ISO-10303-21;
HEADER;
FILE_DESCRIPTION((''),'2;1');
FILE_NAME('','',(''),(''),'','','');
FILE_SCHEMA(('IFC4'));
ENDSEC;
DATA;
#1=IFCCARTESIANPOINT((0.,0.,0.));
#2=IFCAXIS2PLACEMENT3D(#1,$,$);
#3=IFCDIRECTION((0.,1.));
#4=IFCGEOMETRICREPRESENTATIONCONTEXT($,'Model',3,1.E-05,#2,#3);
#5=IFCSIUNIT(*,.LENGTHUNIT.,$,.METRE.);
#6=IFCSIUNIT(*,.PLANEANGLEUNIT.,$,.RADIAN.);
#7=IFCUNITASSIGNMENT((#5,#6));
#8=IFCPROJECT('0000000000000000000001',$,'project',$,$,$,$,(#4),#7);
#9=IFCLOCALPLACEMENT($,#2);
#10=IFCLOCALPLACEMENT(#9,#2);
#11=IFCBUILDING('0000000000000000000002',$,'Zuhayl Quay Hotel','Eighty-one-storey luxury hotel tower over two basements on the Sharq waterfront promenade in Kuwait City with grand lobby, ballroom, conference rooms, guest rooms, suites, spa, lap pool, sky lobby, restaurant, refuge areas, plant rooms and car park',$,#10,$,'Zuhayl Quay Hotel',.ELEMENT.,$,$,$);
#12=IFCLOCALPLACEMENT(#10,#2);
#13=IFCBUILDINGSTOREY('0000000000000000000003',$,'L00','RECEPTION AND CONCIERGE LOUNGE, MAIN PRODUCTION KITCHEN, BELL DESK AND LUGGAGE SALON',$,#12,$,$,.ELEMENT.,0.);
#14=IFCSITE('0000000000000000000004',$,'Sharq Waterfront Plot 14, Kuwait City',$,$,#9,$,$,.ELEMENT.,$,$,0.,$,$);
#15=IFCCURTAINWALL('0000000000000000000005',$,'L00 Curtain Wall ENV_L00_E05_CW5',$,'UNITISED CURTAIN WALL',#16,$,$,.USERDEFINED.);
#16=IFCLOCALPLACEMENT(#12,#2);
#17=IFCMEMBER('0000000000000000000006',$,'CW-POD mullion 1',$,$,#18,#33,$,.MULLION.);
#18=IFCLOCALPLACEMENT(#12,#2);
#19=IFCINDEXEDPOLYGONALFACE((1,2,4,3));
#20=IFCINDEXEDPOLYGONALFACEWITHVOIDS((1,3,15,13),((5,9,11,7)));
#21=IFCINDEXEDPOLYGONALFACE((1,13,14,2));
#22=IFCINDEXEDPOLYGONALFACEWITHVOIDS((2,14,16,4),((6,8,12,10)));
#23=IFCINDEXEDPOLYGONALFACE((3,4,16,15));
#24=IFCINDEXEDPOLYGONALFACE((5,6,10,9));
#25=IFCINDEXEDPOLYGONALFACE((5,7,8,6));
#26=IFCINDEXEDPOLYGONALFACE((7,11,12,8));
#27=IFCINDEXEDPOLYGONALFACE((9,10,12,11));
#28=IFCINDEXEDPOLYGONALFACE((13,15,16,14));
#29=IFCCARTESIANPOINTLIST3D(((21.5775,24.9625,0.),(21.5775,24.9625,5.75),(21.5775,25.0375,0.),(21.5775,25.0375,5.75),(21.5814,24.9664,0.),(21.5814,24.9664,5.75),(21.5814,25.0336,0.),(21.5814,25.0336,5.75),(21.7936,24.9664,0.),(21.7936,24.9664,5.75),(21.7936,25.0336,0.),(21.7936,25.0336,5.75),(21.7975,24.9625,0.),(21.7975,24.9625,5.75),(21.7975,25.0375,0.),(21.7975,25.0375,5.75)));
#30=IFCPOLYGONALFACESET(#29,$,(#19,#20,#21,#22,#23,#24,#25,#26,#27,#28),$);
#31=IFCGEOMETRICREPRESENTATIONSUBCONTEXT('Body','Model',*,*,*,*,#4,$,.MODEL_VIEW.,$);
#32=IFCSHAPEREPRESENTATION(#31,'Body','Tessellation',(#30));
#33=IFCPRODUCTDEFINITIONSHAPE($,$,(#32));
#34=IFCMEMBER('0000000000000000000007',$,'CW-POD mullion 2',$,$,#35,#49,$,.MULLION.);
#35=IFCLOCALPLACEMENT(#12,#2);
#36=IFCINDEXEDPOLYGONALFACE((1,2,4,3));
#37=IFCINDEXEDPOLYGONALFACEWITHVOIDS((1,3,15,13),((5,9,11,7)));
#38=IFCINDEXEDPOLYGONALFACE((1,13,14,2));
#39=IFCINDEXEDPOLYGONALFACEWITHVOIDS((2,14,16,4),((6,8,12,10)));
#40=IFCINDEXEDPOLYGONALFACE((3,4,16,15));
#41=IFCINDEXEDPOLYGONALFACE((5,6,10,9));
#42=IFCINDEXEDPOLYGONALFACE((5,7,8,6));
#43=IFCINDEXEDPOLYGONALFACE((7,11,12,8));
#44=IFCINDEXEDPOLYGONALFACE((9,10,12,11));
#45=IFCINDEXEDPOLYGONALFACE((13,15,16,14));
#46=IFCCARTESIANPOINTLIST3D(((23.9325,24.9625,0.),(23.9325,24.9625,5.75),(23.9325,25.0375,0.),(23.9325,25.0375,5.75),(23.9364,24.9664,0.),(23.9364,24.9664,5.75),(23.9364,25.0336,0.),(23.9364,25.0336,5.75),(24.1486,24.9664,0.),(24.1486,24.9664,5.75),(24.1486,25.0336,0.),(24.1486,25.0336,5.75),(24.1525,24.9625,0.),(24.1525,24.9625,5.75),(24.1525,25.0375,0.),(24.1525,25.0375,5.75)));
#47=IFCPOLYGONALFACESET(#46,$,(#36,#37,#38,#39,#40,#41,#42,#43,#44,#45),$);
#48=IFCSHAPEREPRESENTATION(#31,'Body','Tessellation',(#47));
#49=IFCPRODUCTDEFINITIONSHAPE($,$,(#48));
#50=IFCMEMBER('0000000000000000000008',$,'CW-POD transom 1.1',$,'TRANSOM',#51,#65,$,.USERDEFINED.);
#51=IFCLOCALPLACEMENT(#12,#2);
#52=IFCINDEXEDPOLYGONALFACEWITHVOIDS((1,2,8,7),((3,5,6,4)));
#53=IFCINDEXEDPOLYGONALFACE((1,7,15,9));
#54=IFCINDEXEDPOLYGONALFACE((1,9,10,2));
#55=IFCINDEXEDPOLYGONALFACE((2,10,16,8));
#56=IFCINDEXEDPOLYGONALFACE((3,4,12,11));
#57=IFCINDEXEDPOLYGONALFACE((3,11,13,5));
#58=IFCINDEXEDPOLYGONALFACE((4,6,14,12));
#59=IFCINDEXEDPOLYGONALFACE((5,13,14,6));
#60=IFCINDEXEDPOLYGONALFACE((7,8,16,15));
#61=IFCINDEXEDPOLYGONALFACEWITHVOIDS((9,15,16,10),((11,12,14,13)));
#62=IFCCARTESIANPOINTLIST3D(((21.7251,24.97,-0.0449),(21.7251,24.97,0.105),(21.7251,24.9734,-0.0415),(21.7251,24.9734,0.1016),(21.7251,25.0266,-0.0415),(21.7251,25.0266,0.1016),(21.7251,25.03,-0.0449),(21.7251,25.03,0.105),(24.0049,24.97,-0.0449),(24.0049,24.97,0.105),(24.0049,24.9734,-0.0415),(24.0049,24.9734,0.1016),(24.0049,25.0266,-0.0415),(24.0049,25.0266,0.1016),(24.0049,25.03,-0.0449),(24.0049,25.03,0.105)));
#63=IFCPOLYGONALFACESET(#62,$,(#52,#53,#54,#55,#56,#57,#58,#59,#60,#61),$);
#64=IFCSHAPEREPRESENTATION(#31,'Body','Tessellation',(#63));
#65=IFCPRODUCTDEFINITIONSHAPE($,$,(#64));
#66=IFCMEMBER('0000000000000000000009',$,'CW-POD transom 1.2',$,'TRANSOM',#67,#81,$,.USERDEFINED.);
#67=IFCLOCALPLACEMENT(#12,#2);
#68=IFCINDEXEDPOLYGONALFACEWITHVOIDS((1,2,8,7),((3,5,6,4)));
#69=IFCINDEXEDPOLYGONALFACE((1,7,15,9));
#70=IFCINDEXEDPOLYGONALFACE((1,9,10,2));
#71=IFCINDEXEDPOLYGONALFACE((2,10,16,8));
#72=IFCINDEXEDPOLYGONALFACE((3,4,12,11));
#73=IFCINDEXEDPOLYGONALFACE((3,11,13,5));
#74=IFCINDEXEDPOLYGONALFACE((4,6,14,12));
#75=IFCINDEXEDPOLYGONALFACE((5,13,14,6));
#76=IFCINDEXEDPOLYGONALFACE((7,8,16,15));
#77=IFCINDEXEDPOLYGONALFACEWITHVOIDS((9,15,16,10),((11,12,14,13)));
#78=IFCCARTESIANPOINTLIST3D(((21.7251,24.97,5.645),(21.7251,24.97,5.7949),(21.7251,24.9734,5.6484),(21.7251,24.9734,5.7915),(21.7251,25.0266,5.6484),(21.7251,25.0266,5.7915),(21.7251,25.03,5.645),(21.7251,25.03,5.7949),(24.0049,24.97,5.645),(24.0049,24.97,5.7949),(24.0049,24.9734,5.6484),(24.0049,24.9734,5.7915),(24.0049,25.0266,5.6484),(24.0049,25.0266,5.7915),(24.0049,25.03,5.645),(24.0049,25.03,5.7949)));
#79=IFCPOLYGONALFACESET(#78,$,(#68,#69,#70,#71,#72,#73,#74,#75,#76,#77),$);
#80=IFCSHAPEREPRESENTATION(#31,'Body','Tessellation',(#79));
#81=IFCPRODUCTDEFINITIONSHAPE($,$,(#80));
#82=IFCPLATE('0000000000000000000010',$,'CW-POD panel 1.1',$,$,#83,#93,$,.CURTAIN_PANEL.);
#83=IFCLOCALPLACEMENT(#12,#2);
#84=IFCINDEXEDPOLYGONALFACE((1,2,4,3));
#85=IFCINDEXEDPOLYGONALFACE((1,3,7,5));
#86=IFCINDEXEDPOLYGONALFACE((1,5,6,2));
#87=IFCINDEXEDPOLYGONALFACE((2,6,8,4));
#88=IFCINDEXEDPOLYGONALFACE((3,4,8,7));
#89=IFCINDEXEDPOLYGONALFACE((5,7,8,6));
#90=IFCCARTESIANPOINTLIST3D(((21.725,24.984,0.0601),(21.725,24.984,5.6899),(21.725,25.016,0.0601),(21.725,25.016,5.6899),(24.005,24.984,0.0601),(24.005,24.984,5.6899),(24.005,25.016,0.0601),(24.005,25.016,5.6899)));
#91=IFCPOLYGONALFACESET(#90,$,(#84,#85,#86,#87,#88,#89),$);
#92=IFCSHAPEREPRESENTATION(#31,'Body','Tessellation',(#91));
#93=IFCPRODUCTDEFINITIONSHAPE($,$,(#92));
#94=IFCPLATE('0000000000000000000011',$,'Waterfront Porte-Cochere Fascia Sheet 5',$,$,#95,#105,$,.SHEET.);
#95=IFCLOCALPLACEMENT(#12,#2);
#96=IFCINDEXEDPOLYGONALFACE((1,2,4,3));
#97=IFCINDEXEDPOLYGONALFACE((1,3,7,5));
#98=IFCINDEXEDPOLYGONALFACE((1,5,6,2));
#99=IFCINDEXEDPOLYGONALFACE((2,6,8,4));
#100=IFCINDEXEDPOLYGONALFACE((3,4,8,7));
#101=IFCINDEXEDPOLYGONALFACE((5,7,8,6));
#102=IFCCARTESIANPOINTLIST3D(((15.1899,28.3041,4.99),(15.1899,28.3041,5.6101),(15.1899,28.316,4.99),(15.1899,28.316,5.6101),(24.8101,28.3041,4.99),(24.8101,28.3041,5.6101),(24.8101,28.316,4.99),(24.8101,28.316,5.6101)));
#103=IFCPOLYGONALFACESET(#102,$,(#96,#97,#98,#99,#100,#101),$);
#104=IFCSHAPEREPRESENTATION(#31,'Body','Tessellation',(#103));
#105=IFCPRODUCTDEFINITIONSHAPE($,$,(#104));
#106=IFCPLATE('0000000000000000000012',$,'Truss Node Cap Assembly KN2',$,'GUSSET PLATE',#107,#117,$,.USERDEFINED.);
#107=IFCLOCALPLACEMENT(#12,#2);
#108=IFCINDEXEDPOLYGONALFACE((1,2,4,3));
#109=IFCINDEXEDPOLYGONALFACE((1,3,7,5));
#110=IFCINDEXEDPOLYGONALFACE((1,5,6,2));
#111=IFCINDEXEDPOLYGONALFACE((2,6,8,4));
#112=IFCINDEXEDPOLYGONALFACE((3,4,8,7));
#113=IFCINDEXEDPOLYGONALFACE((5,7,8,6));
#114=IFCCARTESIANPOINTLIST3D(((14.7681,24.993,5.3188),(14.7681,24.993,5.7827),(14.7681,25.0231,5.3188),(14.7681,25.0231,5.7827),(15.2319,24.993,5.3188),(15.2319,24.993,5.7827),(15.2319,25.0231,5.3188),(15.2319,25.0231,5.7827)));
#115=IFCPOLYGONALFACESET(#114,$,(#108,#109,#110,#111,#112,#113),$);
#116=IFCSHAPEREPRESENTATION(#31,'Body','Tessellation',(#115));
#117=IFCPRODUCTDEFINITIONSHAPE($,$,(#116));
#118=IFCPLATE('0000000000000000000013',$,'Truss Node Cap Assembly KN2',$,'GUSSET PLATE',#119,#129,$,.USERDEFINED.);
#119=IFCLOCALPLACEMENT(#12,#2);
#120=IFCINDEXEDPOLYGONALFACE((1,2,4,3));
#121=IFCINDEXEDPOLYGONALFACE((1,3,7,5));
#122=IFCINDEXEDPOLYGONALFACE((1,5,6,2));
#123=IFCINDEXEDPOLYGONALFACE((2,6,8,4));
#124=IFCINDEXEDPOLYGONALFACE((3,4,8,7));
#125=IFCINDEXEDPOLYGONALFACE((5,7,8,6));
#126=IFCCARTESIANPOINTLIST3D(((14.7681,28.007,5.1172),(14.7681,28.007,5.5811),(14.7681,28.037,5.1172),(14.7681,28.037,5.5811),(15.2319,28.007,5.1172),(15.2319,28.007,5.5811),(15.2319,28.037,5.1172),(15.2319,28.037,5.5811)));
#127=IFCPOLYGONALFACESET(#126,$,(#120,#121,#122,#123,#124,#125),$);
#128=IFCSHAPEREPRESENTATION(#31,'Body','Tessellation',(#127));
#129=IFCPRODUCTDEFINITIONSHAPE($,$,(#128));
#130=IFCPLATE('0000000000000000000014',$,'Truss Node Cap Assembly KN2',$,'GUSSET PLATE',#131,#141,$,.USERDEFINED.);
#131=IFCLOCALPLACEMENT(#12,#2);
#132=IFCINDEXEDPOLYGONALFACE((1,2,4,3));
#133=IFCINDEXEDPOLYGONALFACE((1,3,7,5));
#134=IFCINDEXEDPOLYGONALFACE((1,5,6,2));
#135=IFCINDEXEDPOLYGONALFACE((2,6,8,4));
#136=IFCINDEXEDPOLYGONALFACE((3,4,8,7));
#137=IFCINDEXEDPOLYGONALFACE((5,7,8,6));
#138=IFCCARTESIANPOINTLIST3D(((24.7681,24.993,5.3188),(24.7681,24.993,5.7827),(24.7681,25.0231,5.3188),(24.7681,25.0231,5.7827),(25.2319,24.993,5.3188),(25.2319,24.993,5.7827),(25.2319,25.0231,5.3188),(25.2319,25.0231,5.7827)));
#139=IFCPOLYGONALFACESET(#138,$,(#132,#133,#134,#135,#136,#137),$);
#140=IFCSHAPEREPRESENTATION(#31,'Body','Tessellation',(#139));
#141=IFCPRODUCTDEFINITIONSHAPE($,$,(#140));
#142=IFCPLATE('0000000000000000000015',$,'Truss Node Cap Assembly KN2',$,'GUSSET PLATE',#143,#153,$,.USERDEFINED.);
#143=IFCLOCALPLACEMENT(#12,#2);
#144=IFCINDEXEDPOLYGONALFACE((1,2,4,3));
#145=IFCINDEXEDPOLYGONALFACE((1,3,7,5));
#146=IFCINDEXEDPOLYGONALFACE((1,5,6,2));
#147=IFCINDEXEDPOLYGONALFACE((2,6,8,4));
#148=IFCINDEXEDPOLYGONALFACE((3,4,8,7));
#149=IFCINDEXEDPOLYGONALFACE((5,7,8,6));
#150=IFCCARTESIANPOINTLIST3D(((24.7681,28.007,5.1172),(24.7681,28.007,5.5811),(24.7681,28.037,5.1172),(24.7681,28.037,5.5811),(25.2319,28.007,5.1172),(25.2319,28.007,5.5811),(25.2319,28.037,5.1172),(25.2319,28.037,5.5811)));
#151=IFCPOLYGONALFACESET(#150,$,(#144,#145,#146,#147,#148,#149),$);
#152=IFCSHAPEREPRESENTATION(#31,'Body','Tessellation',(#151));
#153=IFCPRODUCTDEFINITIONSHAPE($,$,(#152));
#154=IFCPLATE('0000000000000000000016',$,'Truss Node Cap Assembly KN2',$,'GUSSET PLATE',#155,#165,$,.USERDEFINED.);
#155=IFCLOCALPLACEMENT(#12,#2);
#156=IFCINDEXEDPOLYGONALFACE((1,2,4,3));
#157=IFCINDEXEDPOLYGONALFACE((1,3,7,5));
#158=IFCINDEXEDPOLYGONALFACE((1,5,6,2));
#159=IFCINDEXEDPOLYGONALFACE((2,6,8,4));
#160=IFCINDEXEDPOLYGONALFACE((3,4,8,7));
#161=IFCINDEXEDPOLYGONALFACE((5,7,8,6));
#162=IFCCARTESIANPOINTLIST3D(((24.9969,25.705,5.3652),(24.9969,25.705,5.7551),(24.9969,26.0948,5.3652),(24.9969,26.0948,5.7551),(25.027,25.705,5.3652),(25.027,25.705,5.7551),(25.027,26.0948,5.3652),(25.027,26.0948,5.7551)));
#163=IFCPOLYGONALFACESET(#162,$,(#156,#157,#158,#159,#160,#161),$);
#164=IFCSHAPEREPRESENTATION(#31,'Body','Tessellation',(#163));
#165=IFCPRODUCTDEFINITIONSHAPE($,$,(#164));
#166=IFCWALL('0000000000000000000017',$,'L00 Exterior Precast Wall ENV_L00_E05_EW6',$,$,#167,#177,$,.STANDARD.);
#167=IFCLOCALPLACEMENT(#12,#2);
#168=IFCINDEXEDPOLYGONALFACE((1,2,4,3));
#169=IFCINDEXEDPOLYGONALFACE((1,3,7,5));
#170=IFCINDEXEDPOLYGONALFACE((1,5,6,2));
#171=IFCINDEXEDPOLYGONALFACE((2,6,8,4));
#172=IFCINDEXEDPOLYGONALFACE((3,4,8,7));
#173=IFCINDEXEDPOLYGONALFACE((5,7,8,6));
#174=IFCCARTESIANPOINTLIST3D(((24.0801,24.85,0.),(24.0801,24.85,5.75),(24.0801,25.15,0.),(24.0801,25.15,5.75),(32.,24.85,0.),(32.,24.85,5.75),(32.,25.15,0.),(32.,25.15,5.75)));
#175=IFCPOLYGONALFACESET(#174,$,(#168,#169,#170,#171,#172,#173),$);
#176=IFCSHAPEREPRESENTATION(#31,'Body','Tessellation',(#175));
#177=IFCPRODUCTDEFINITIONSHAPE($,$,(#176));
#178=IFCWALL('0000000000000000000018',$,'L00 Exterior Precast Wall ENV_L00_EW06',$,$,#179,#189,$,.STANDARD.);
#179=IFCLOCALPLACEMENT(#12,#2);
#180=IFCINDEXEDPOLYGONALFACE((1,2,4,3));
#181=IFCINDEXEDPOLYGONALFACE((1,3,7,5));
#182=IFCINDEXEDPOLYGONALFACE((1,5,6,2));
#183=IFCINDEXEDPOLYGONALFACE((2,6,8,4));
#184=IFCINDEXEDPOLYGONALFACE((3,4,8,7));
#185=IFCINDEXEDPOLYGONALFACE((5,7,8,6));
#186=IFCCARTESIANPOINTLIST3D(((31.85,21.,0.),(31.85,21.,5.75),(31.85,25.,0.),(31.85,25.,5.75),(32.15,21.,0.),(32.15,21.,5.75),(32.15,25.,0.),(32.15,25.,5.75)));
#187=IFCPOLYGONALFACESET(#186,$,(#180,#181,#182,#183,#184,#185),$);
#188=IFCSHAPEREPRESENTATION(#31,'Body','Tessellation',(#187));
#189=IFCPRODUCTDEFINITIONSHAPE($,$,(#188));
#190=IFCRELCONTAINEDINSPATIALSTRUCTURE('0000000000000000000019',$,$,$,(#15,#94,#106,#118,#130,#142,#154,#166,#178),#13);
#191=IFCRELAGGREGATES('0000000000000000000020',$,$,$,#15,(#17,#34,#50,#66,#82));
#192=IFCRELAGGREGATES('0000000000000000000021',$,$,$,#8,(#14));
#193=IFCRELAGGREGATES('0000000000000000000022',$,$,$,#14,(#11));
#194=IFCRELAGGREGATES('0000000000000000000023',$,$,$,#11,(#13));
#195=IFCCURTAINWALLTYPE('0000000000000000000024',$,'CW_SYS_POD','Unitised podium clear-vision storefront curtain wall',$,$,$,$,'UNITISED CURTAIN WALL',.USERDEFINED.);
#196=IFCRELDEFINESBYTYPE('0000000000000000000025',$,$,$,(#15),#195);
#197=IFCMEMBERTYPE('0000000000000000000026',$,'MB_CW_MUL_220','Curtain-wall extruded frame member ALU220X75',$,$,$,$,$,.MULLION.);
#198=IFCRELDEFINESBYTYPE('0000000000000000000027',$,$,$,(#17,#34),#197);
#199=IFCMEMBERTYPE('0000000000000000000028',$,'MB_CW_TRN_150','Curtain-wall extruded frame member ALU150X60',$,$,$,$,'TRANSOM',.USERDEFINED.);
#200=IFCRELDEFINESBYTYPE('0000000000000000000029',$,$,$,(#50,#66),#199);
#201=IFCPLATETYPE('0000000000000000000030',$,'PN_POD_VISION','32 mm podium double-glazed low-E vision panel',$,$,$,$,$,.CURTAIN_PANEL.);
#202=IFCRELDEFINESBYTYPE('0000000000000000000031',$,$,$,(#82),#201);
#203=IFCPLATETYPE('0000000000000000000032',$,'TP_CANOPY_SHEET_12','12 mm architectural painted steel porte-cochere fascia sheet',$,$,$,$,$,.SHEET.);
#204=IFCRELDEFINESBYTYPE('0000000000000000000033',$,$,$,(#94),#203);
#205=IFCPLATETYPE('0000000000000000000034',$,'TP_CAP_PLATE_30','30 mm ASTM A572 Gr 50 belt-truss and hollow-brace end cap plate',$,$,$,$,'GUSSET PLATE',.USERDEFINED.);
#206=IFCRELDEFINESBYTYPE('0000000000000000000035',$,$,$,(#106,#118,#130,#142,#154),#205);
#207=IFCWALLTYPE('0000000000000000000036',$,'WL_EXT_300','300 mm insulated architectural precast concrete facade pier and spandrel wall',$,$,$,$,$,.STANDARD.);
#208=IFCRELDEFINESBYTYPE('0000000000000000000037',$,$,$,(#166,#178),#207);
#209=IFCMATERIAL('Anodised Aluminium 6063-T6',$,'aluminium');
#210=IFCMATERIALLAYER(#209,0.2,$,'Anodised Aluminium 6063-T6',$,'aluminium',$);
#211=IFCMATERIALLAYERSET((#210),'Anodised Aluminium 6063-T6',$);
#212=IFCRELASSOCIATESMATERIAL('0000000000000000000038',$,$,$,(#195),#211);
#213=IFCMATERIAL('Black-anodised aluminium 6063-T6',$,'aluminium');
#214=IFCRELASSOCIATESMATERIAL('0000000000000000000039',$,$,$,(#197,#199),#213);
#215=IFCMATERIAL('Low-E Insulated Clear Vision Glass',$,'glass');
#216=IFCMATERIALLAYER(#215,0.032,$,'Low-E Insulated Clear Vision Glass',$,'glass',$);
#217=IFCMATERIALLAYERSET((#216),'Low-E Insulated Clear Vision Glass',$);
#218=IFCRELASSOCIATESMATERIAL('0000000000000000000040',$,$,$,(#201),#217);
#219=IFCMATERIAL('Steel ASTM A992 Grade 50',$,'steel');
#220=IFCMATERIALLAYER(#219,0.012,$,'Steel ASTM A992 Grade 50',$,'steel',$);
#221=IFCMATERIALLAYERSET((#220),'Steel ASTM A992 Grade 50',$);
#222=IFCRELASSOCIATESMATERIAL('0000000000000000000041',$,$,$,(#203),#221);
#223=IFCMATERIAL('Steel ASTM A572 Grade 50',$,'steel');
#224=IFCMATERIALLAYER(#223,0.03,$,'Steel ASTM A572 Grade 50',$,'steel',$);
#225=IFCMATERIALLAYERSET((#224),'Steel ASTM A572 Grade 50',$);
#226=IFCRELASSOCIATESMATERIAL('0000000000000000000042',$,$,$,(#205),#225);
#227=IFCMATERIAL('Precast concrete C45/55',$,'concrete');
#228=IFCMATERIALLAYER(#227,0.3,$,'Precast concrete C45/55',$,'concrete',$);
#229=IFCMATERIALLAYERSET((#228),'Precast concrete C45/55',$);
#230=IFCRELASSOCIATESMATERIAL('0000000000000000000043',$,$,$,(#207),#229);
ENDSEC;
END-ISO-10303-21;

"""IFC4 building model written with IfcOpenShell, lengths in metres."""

from ifc_helpers import new_model, si_unit, direction, frame, frame_2d, origin, origin_2d, place, context, subcontext, project, spatial, rectangle, hollow_rectangle, extrude, material, layer, layer_set, material_profile, profile_set, type_object, element, aggregate, save


model = new_model("IFC4")

# Units and contexts
model_context = context("Model", 3, precision=1e-05, world=origin(), true_north=direction((0.0, 1.0)))
body_context = subcontext(model_context, "Body", "Model", "MODEL_VIEW")
ifc_project = project(units=[si_unit("LENGTHUNIT", "METRE"), si_unit("PLANEANGLEUNIT", "RADIAN")], contexts=[model_context])

# Site, building, storey
site_placement = place(None, origin())
site = spatial("IfcSite", under=ifc_project, at=site_placement, Name="Sharq Waterfront Plot 14, Kuwait City", CompositionType="ELEMENT", RefElevation=0.0)
building_placement = place(site_placement, origin())
building = spatial("IfcBuilding", under=site, at=building_placement, Name="Zuhayl Quay Hotel", Description="Eighty-one-storey luxury hotel tower over two basements on the Sharq waterfront promenade in Kuwait City with grand lobby, ballroom, conference rooms, guest rooms, suites, spa, lap pool, sky lobby, restaurant, refuge areas, plant rooms and car park", LongName="Zuhayl Quay Hotel", CompositionType="ELEMENT")
storey_placement = place(building_placement, origin())
storey = spatial("IfcBuildingStorey", under=building, at=storey_placement, Name="L00", Description="RECEPTION AND CONCIERGE LOUNGE, MAIN PRODUCTION KITCHEN, BELL DESK AND LUGGAGE SALON", CompositionType="ELEMENT", Elevation=0.0)

# Shared definitions
ifc_material_1 = material(Name="Steel ASTM A992 Grade 50", Category="steel")

# Curtain wall, members, plate
ifc_material_2 = material(Name="Anodised Aluminium 6063-T6", Category="aluminium")
ifc_layer_1 = layer(ifc_material_2, 0.2, Name="Anodised Aluminium 6063-T6", Category="aluminium")
ifc_layer_set_1 = layer_set([ifc_layer_1], Name="Anodised Aluminium 6063-T6")
curtain_wall_type = type_object("IfcCurtainWallType", Name="CW_SYS_POD", Description="Unitised podium clear-vision storefront curtain wall", ElementType="UNITISED CURTAIN WALL", PredefinedType="USERDEFINED", material=ifc_layer_set_1)
curtain_wall_placement = place(storey_placement, origin())
curtain_wall = element("IfcCurtainWall", 1, at=curtain_wall_placement, inside=storey, type_object=curtain_wall_type, Name="L00 Curtain Wall ENV_L00_E05_CW5", ObjectType="UNITISED CURTAIN WALL", PredefinedType="USERDEFINED")
ifc_material_3 = material(Name="Black-anodised aluminium 6063-T6", Category="aluminium")
ifc_material_profile_1 = material_profile(ifc_material_3, hollow_rectangle(XDim=0.075, YDim=0.22, WallThickness=0.0039, at=origin_2d()), Name="ALU220X75")
ifc_profile_set_1 = profile_set([ifc_material_profile_1], Name="Black-anodised aluminium 6063-T6")
member_type_1 = type_object("IfcMemberType", Name="MB_CW_MUL_220", Description="Curtain-wall extruded frame member ALU220X75", PredefinedType="MULLION", material=ifc_profile_set_1)
member_1_placement = place(storey_placement, frame((21.6875, 25.0, 0.0), z_axis=(0.0, 0.0, 1.0), x_axis=(0.0, 1.0, 0.0)))
member_1 = element("IfcMember", 2, at=member_1_placement, type_object=member_type_1, Name="CW-POD mullion 1", PredefinedType="MULLION", context=body_context, shape_type="SweptSolid", body=[
    extrude(hollow_rectangle(XDim=0.075, YDim=0.22, WallThickness=0.0039, at=origin_2d()), origin(), (0.0, 0.0, 1.0), 5.75),
])
member_2_placement = place(storey_placement, frame((24.0425, 25.0, 0.0), z_axis=(0.0, 0.0, 1.0), x_axis=(0.0, 1.0, 0.0)))
member_2 = element("IfcMember", 3, at=member_2_placement, type_object=member_type_1, Name="CW-POD mullion 2", PredefinedType="MULLION", context=body_context, shape_type="SweptSolid", body=[
    extrude(hollow_rectangle(XDim=0.075, YDim=0.22, WallThickness=0.0039, at=origin_2d()), origin(), (0.0, 0.0, 1.0), 5.75),
])
ifc_material_profile_2 = material_profile(ifc_material_3, hollow_rectangle(XDim=0.0601, YDim=0.1499, WallThickness=0.0034, at=origin_2d()), Name="ALU150X60")
ifc_profile_set_2 = profile_set([ifc_material_profile_2], Name="Black-anodised aluminium 6063-T6")
member_type_2 = type_object("IfcMemberType", Name="MB_CW_TRN_150", Description="Curtain-wall extruded frame member ALU150X60", ElementType="TRANSOM", PredefinedType="USERDEFINED", material=ifc_profile_set_2)
member_3_placement = place(storey_placement, frame((21.7251, 25.0, 0.03), z_axis=(1.0, 0.0, 0.0), x_axis=(0.0, 1.0, 0.0)))
member_3 = element("IfcMember", 4, at=member_3_placement, type_object=member_type_2, Name="CW-POD transom 1.1", ObjectType="TRANSOM", PredefinedType="USERDEFINED", context=body_context, shape_type="SweptSolid", body=[
    extrude(hollow_rectangle(XDim=0.0601, YDim=0.1499, WallThickness=0.0034, at=origin_2d()), origin(), (0.0, 0.0, 1.0), 2.2798),
])
member_4_placement = place(storey_placement, frame((21.7251, 25.0, 5.72), z_axis=(1.0, 0.0, 0.0), x_axis=(0.0, 1.0, 0.0)))
member_4 = element("IfcMember", 5, at=member_4_placement, type_object=member_type_2, Name="CW-POD transom 1.2", ObjectType="TRANSOM", PredefinedType="USERDEFINED", context=body_context, shape_type="SweptSolid", body=[
    extrude(hollow_rectangle(XDim=0.0601, YDim=0.1499, WallThickness=0.0034, at=origin_2d()), origin(), (0.0, 0.0, 1.0), 2.2798),
])
ifc_material_4 = material(Name="Low-E Insulated Clear Vision Glass", Category="glass")
ifc_layer_2 = layer(ifc_material_4, 0.032, Name="Low-E Insulated Clear Vision Glass", Category="glass")
ifc_layer_set_2 = layer_set([ifc_layer_2], Name="Low-E Insulated Clear Vision Glass")
plate_type_1 = type_object("IfcPlateType", Name="PN_POD_VISION", Description="32 mm podium double-glazed low-E vision panel", PredefinedType="CURTAIN_PANEL", material=ifc_layer_set_2)
plate_1_placement = place(storey_placement, frame((22.865, 25.0, 0.0601), z_axis=(0.0, 0.0, 1.0), x_axis=(1.0, 0.0, 0.0)))
plate_1 = element("IfcPlate", 6, at=plate_1_placement, type_object=plate_type_1, Name="CW-POD panel 1.1", PredefinedType="CURTAIN_PANEL", context=body_context, shape_type="SweptSolid", body=[
    extrude(rectangle(XDim=2.28, YDim=0.032, at=origin_2d()), origin(), (0.0, 0.0, 1.0), 5.6299),
])
aggregate(curtain_wall, [member_1, member_2, member_3, member_4, plate_1])

# Plates
ifc_layer_3 = layer(ifc_material_1, 0.012, Name="Steel ASTM A992 Grade 50", Category="steel")
ifc_layer_set_3 = layer_set([ifc_layer_3], Name="Steel ASTM A992 Grade 50")
plate_type_2 = type_object("IfcPlateType", Name="TP_CANOPY_SHEET_12", Description="12 mm architectural painted steel porte-cochere fascia sheet", PredefinedType="SHEET", material=ifc_layer_set_3)
plate_2_placement = place(storey_placement, frame((20.0, 28.3101, 4.99), z_axis=(0.0, 0.0, 1.0), x_axis=(1.0, 0.0, 0.0)))
element("IfcPlate", 7, at=plate_2_placement, inside=storey, type_object=plate_type_2, Name="Waterfront Porte-Cochere Fascia Sheet 5", PredefinedType="SHEET", context=body_context, shape_type="SweptSolid", body=[
    extrude(rectangle(XDim=9.6201, YDim=0.012, at=origin_2d()), origin(), (0.0, 0.0, 1.0), 0.6201),
])
ifc_material_5 = material(Name="Steel ASTM A572 Grade 50", Category="steel")
ifc_layer_4 = layer(ifc_material_5, 0.03, Name="Steel ASTM A572 Grade 50", Category="steel")
ifc_layer_set_4 = layer_set([ifc_layer_4], Name="Steel ASTM A572 Grade 50")
plate_type_3 = type_object("IfcPlateType", Name="TP_CAP_PLATE_30", Description="30 mm ASTM A572 Gr 50 belt-truss and hollow-brace end cap plate", ElementType="GUSSET PLATE", PredefinedType="USERDEFINED", material=ifc_layer_set_4)
for number, where, z_axis, x_axis, name in (
    (8, (15.0, 25.0081, 5.3188), (0.0, 0.0, 1.0), (0.0, -1.0, 0.0), "Truss Node Cap Assembly KN2"),
    (9, (15.0, 28.022, 5.1172), (0.0, 0.0, 1.0), (0.0, 1.0, 0.0), "Truss Node Cap Assembly KN2"),
    (10, (25.0, 25.0081, 5.3188), (0.0, 0.0, 1.0), (0.0, -1.0, 0.0), "Truss Node Cap Assembly KN2"),
    (11, (25.0, 28.022, 5.1172), (0.0, 0.0, 1.0), (0.0, 1.0, 0.0), "Truss Node Cap Assembly KN2"),
):
    element("IfcPlate", number, at=place(storey_placement, frame(where, z_axis=z_axis, x_axis=x_axis)), inside=storey, type_object=plate_type_3, Name=name, ObjectType="GUSSET PLATE", PredefinedType="USERDEFINED", context=body_context, shape_type="SweptSolid", body=[
        extrude(rectangle(XDim=0.03, YDim=0.4639, at=origin_2d()), origin(), (0.0, 0.0, 1.0), 0.4639),
    ])
plate_3_placement = place(storey_placement, frame((25.012, 25.8999, 5.3652), z_axis=(0.0, 0.0, 1.0), x_axis=(1.0, 0.0, 0.0)))
element("IfcPlate", 12, at=plate_3_placement, inside=storey, type_object=plate_type_3, Name="Truss Node Cap Assembly KN2", ObjectType="GUSSET PLATE", PredefinedType="USERDEFINED", context=body_context, shape_type="SweptSolid", body=[
    extrude(rectangle(XDim=0.03, YDim=0.3899, at=origin_2d()), origin(), (0.0, 0.0, 1.0), 0.3899),
])

# Walls
ifc_material_6 = material(Name="Precast concrete C45/55", Category="concrete")
ifc_layer_5 = layer(ifc_material_6, 0.3, Name="Precast concrete C45/55", Category="concrete")
ifc_layer_set_5 = layer_set([ifc_layer_5], Name="Precast concrete C45/55")
wall_type = type_object("IfcWallType", Name="WL_EXT_300", Description="300 mm insulated architectural precast concrete facade pier and spandrel wall", PredefinedType="STANDARD", material=ifc_layer_set_5)
wall_1_placement = place(storey_placement, frame((24.0801, 25.0, 0.0), z_axis=(0.0, 0.0, 1.0), x_axis=(1.0, 0.0, 0.0)))
element("IfcWall", 13, at=wall_1_placement, inside=storey, type_object=wall_type, Name="L00 Exterior Precast Wall ENV_L00_E05_EW6", PredefinedType="STANDARD", context=body_context, shape_type="SweptSolid", body=[
    extrude(rectangle(XDim=7.9199, YDim=0.3, at=frame_2d((3.96, 0.0))), origin(), (0.0, 0.0, 1.0), 5.75),
])
wall_2_placement = place(storey_placement, frame((32.0, 25.0, 0.0), z_axis=(0.0, 0.0, 1.0), x_axis=(0.0, -1.0, 0.0)))
element("IfcWall", 14, at=wall_2_placement, inside=storey, type_object=wall_type, Name="L00 Exterior Precast Wall ENV_L00_EW06", PredefinedType="STANDARD", context=body_context, shape_type="SweptSolid", body=[
    extrude(rectangle(XDim=4.0, YDim=0.3, at=frame_2d((2.0, 0.0))), origin(), (0.0, 0.0, 1.0), 5.75),
])

save(model, "model.ifc")
